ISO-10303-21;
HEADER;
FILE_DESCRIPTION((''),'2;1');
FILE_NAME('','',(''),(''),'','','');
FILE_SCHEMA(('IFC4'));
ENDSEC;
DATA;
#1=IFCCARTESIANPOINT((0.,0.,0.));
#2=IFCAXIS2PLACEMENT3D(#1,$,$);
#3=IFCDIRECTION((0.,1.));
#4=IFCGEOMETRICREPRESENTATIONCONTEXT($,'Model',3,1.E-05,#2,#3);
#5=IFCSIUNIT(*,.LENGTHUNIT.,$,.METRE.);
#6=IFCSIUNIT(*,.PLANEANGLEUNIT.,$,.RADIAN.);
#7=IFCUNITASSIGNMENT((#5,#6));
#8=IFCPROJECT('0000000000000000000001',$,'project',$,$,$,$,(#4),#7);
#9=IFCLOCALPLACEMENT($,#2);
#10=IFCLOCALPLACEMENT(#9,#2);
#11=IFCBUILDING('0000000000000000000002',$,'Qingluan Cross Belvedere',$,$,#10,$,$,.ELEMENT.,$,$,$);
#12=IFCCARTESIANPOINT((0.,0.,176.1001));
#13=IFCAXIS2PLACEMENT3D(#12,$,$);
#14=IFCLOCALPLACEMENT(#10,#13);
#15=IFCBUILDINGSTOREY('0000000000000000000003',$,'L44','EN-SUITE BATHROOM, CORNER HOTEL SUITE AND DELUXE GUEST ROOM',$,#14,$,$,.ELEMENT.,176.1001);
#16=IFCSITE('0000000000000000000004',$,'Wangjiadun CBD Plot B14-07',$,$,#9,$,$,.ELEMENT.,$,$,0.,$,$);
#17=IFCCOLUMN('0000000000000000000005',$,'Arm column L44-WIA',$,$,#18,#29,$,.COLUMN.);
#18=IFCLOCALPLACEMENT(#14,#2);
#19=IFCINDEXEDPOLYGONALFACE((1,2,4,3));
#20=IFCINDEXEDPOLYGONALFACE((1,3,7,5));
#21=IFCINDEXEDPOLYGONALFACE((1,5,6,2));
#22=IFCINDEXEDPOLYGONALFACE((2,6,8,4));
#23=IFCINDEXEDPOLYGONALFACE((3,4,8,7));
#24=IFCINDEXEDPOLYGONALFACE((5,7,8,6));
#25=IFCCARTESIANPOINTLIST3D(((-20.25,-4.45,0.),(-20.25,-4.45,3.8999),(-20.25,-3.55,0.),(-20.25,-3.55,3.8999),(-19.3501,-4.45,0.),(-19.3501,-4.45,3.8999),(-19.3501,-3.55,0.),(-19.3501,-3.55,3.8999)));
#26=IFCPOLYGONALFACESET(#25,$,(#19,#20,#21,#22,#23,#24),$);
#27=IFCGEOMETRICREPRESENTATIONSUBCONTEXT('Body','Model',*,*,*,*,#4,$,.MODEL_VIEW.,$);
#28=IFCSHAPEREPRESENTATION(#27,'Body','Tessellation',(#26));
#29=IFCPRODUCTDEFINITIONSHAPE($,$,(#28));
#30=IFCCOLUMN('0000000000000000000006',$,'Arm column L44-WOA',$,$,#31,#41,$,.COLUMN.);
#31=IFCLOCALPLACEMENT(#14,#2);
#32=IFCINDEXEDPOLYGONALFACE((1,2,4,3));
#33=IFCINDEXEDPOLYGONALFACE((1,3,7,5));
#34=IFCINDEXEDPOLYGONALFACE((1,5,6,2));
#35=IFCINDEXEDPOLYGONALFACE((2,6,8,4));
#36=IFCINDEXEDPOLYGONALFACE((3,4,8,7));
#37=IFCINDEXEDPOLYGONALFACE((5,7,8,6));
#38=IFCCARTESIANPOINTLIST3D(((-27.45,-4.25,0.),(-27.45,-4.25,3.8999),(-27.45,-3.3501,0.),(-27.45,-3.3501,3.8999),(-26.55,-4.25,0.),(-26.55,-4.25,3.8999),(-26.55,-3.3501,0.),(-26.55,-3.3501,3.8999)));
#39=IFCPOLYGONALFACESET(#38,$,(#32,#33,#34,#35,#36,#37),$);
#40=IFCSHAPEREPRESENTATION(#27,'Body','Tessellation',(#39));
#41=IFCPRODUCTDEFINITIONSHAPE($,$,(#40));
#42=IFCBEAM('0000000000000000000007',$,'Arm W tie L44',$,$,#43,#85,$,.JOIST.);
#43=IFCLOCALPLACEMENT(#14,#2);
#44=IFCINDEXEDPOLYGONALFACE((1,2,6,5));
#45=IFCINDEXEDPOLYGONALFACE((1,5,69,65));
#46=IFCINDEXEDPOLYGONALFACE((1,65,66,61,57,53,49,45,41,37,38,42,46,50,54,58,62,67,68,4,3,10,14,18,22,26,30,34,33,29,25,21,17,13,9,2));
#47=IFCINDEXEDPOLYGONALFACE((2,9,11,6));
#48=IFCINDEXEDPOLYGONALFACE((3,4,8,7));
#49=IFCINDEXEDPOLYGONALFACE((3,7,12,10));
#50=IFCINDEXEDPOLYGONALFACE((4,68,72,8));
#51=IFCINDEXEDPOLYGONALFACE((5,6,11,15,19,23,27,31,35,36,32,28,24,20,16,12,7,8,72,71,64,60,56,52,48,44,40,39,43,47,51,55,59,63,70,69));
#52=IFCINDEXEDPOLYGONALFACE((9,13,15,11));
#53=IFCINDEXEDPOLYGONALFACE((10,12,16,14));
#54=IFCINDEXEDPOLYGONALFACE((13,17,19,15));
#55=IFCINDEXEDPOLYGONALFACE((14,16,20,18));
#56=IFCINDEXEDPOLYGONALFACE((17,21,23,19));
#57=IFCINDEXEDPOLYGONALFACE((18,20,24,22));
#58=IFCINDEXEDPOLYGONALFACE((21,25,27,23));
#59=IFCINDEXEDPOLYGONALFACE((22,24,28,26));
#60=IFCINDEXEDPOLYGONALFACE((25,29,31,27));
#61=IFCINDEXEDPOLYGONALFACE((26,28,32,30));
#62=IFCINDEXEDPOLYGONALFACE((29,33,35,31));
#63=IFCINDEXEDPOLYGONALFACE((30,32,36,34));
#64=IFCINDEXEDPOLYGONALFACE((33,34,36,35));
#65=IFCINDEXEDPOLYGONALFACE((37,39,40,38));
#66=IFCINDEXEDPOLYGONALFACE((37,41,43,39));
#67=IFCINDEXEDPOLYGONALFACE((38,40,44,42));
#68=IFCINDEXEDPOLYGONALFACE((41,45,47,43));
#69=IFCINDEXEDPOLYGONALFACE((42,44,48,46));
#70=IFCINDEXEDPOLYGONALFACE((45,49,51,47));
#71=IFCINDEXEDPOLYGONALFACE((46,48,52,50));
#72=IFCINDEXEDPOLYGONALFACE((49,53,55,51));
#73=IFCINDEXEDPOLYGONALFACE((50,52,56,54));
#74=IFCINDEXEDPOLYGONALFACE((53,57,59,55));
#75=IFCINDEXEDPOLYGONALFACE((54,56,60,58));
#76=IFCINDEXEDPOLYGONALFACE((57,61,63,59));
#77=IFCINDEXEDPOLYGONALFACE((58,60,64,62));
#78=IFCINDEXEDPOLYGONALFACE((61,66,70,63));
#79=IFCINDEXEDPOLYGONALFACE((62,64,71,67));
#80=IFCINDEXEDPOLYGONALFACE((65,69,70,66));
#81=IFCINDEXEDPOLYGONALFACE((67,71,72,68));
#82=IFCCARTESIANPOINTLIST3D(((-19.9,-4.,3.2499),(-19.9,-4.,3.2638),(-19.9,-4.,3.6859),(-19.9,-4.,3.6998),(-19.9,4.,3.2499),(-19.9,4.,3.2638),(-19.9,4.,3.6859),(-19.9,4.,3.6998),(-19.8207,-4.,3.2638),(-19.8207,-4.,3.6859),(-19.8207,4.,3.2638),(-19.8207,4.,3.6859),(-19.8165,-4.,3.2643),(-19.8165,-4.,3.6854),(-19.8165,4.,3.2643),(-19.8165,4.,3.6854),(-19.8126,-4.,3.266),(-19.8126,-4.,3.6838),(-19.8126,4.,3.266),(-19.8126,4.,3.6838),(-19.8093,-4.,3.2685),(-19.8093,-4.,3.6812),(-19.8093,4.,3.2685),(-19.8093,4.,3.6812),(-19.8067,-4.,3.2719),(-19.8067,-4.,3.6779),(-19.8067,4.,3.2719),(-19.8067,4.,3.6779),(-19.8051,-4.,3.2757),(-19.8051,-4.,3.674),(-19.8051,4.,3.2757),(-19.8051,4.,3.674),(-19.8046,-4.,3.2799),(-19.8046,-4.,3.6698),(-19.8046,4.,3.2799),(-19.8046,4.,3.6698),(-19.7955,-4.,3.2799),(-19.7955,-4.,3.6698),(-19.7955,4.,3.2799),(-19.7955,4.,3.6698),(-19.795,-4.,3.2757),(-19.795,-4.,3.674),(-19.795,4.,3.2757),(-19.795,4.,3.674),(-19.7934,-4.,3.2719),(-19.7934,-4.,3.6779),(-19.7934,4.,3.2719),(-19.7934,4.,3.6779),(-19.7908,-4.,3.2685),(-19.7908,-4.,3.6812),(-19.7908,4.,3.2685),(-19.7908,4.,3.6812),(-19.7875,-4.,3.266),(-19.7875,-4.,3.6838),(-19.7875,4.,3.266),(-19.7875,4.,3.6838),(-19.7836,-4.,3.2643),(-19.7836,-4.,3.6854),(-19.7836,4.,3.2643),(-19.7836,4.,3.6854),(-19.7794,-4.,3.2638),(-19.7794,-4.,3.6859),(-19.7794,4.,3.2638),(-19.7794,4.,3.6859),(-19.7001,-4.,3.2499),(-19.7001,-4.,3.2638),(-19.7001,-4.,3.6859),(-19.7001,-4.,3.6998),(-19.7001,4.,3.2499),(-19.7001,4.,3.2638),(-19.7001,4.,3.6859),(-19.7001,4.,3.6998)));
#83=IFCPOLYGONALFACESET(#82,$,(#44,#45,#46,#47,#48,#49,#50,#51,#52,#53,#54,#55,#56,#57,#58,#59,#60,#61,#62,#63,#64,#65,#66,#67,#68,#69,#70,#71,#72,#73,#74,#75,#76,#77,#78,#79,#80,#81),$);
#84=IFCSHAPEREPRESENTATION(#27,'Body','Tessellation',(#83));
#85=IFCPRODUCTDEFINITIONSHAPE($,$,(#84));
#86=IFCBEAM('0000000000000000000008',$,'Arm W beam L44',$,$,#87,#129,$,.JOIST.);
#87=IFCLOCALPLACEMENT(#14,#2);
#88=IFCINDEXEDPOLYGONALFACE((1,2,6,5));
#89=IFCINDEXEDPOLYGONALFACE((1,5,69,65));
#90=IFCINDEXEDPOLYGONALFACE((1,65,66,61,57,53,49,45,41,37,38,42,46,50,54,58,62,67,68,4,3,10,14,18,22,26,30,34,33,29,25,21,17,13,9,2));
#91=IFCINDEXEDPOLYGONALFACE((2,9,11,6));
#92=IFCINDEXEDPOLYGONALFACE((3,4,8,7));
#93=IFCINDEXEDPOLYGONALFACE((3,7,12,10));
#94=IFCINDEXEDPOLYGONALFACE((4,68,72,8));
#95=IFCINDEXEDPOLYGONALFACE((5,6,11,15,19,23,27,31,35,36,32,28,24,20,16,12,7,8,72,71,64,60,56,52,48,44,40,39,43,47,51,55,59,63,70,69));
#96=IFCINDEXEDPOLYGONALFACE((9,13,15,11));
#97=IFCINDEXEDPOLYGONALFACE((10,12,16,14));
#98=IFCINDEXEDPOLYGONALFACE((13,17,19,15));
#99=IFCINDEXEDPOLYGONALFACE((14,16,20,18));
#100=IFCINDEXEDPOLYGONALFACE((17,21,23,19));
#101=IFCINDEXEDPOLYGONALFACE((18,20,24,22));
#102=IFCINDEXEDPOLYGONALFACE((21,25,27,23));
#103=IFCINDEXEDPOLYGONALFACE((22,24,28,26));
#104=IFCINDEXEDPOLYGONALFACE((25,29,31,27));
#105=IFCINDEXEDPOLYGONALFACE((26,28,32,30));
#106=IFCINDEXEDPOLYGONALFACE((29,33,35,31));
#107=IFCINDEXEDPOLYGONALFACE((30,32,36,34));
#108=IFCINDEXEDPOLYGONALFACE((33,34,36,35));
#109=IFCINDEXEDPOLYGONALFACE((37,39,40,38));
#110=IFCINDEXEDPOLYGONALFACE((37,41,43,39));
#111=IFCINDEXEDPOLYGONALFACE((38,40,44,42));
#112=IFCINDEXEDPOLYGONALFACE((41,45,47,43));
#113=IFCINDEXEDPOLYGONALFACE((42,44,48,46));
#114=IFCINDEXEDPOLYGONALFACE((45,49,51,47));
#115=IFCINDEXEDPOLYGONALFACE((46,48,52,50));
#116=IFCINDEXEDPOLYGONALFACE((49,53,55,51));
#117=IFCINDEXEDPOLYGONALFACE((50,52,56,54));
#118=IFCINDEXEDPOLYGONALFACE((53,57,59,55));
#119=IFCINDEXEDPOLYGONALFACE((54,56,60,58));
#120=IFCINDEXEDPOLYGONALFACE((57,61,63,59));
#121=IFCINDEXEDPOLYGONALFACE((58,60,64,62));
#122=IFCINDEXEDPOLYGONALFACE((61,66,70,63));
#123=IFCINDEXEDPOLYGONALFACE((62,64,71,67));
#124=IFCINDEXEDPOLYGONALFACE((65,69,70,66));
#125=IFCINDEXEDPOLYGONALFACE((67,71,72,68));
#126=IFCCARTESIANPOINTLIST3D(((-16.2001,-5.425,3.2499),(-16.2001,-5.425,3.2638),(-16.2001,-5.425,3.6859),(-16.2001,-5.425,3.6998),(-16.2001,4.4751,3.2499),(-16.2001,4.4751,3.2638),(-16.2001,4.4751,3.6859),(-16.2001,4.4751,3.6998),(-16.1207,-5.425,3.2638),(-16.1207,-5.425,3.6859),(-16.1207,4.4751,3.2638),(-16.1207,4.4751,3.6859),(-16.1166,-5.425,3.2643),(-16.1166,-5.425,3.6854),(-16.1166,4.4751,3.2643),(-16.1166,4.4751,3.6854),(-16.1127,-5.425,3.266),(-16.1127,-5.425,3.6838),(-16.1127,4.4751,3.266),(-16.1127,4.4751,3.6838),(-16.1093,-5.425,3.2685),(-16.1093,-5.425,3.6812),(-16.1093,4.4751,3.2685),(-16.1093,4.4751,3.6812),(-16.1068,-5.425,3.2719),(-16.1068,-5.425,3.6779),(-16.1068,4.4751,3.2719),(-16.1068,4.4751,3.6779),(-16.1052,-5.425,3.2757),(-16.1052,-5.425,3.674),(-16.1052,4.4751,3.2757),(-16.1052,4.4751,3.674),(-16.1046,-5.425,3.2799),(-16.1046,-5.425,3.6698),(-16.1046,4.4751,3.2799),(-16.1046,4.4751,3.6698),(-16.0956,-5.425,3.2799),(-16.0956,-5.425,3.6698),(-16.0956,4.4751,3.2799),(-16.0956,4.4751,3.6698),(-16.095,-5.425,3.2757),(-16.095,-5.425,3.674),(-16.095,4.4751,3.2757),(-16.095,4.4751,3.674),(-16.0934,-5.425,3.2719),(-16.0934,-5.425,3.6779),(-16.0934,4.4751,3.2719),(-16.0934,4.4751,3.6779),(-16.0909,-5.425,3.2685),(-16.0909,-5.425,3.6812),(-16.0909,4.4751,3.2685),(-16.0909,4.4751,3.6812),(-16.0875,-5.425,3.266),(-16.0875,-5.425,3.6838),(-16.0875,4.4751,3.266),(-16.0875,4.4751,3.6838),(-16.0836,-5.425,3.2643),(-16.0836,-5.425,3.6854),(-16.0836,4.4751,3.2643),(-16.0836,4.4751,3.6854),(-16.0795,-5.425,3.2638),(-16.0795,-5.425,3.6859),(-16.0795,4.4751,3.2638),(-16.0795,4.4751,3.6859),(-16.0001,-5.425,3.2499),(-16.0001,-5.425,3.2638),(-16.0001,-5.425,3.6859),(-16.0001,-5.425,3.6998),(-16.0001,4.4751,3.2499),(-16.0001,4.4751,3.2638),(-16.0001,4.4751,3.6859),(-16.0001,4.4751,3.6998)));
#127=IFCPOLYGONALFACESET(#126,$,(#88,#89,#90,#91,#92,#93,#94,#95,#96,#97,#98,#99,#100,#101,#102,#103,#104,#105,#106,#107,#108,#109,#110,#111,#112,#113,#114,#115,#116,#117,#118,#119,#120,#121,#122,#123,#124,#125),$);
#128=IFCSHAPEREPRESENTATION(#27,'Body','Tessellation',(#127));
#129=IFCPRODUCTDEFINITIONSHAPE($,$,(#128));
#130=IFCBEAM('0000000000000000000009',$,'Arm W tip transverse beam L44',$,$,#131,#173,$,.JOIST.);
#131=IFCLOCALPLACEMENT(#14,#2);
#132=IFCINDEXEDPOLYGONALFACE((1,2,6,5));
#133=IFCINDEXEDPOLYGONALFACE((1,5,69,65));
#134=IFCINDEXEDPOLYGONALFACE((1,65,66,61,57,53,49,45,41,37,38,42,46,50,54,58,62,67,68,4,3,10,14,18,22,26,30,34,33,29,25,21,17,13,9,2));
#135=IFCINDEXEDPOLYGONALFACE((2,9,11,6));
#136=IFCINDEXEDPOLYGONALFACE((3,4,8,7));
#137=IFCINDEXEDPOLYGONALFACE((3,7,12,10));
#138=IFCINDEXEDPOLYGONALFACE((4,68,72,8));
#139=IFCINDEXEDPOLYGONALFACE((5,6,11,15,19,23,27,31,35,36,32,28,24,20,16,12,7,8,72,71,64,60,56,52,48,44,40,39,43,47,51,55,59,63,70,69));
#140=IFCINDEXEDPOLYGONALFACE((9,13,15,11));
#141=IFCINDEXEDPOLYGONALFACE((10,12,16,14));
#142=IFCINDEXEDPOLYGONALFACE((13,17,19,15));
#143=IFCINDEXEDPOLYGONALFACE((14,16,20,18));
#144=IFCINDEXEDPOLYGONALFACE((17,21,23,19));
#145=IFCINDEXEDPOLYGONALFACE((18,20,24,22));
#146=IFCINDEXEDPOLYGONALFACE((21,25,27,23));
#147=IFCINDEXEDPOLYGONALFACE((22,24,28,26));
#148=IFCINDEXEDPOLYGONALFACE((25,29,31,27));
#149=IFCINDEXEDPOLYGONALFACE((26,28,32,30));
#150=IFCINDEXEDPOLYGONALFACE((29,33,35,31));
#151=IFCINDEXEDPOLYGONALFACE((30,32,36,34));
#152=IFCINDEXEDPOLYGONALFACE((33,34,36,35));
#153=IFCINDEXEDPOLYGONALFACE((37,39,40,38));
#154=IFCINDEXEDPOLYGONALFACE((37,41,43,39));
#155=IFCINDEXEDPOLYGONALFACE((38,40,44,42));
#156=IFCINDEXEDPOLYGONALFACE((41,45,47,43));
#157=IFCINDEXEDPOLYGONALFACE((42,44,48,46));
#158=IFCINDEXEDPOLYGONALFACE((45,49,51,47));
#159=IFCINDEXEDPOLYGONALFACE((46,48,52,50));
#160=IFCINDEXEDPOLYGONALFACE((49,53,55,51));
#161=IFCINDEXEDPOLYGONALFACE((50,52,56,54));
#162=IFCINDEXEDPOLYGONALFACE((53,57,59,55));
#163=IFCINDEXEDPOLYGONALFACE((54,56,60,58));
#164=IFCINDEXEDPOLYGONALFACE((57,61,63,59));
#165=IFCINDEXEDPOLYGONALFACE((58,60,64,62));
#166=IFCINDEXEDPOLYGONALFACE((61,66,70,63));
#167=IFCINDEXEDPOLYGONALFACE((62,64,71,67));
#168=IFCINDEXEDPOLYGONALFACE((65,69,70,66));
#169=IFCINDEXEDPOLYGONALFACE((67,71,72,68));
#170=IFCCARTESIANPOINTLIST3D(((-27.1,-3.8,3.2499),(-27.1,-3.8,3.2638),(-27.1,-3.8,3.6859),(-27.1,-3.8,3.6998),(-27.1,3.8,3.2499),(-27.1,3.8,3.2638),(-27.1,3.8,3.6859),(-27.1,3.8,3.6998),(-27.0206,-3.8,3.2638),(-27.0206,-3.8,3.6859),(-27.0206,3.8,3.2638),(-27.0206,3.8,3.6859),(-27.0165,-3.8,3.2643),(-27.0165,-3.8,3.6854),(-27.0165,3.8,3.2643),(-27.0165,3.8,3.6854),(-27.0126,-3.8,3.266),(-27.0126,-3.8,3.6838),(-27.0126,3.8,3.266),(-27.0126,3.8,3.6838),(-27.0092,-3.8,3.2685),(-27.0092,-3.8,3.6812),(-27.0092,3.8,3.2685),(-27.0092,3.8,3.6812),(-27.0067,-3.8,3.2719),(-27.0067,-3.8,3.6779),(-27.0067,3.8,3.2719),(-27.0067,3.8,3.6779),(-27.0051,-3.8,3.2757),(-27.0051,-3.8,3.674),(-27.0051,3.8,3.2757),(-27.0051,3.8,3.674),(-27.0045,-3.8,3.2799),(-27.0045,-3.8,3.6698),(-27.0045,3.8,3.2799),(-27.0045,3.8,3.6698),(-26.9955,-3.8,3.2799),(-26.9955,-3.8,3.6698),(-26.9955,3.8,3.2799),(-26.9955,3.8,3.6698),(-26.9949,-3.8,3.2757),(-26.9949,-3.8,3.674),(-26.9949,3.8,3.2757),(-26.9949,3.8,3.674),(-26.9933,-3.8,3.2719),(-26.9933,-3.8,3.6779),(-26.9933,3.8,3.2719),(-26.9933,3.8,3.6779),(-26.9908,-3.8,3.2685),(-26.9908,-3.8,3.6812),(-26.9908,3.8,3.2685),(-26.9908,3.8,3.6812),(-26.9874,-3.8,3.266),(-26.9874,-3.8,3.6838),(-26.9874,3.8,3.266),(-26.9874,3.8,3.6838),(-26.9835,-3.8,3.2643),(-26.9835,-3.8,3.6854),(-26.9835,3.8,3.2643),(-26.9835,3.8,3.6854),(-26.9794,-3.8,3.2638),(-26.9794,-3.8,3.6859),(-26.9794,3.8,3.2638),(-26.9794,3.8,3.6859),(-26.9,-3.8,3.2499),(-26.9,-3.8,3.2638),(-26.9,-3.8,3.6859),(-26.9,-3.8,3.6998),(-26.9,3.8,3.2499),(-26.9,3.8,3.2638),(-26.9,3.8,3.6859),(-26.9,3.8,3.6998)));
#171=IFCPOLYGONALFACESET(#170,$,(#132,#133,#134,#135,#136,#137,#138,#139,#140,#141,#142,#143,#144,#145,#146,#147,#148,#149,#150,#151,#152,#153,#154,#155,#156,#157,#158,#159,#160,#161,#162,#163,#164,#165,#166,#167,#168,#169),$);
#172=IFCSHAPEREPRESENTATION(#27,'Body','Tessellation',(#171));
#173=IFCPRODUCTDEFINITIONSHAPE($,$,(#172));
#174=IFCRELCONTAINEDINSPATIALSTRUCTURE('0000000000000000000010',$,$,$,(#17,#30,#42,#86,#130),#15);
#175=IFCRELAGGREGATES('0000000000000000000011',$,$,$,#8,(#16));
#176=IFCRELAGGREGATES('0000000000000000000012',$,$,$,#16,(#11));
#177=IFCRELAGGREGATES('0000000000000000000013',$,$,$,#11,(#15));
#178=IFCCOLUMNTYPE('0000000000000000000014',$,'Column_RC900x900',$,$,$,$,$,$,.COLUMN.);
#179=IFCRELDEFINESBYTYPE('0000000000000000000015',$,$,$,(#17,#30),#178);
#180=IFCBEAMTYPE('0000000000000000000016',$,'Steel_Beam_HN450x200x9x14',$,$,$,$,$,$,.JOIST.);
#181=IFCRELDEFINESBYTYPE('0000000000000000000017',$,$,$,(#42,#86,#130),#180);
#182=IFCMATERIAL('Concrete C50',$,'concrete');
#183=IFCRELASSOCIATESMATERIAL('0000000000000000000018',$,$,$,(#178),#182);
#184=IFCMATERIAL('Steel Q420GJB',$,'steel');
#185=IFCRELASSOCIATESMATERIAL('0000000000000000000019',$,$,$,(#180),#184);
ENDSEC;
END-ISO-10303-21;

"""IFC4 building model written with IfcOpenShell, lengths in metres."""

from ifc_helpers import new_model, si_unit, direction, frame, origin, origin_2d, place, context, subcontext, project, spatial, rectangle, i_section, extrude, material, material_profile, profile_set, type_object, element, save


model = new_model("IFC4")

# Units and contexts
model_context = context("Model", 3, precision=1e-05, world=origin(), true_north=direction((0.0, 1.0)))
body_context = subcontext(model_context, "Body", "Model", "MODEL_VIEW")
ifc_project = project(units=[si_unit("LENGTHUNIT", "METRE"), si_unit("PLANEANGLEUNIT", "RADIAN")], contexts=[model_context])

# Site, building, storey
site_placement = place(None, origin())
site = spatial("IfcSite", under=ifc_project, at=site_placement, Name="Wangjiadun CBD Plot B14-07", CompositionType="ELEMENT", RefElevation=0.0)
building_placement = place(site_placement, origin())
building = spatial("IfcBuilding", under=site, at=building_placement, Name="Qingluan Cross Belvedere", CompositionType="ELEMENT")
storey_placement = place(building_placement, frame((0.0, 0.0, 176.1001)))
storey = spatial("IfcBuildingStorey", under=building, at=storey_placement, Name="L44", Description="EN-SUITE BATHROOM, CORNER HOTEL SUITE AND DELUXE GUEST ROOM", CompositionType="ELEMENT", Elevation=176.1001)

# Columns
ifc_material_1 = material(Name="Concrete C50", Category="concrete")
ifc_material_profile_1 = material_profile(ifc_material_1, rectangle(XDim=0.8999, YDim=0.8999, at=origin_2d()), Name="RC900x900")
ifc_profile_set_1 = profile_set([ifc_material_profile_1], Name="Concrete C50")
column_type = type_object("IfcColumnType", Name="Column_RC900x900", PredefinedType="COLUMN", material=ifc_profile_set_1)
for number, where, z_axis, x_axis, name in (
    (1, (-19.8, -4.0, 0.0), (0.0, 0.0, 1.0), (1.0, 0.0, 0.0), "Arm column L44-WIA"),
    (2, (-27.0, -3.8, 0.0), (0.0, 0.0, 1.0), (1.0, 0.0, 0.0), "Arm column L44-WOA"),
):
    element("IfcColumn", number, at=place(storey_placement, frame(where, z_axis=z_axis, x_axis=x_axis)), inside=storey, type_object=column_type, Name=name, PredefinedType="COLUMN", context=body_context, shape_type="SweptSolid", body=[
        extrude(rectangle(XDim=0.8999, YDim=0.8999, at=origin_2d()), origin(), (0.0, 0.0, 1.0), 3.8999),
    ])

# Beams
ifc_material_2 = material(Name="Steel Q420GJB", Category="steel")
ifc_material_profile_2 = material_profile(ifc_material_2, i_section(OverallWidth=0.2, OverallDepth=0.45, WebThickness=0.009, FlangeThickness=0.0139, FilletRadius=0.0161, at=origin_2d()), Name="HN450x200x9x14")
ifc_profile_set_2 = profile_set([ifc_material_profile_2], Name="Steel Q420GJB")
beam_type_1 = type_object("IfcBeamType", Name="Steel_Beam_HN450x200x9x14", PredefinedType="JOIST", material=ifc_profile_set_2)
beam_1_placement = place(storey_placement, frame((-19.8, -4.0, 3.4749), z_axis=(0.0, 1.0, 0.0), x_axis=(-1.0, 0.0, 0.0)))
element("IfcBeam", 3, at=beam_1_placement, inside=storey, type_object=beam_type_1, Name="Arm W tie L44", PredefinedType="JOIST", context=body_context, shape_type="SweptSolid", body=[
    extrude(i_section(OverallWidth=0.2, OverallDepth=0.45, WebThickness=0.009, FlangeThickness=0.0139, FilletRadius=0.0161, at=origin_2d()), origin(), (0.0, 0.0, 1.0), 8.0),
])
beam_2_placement = place(storey_placement, frame((-16.1001, -5.425, 3.4749), z_axis=(0.0, 1.0, 0.0), x_axis=(-1.0, 0.0, 0.0)))
element("IfcBeam", 4, at=beam_2_placement, inside=storey, type_object=beam_type_1, Name="Arm W beam L44", PredefinedType="JOIST", context=body_context, shape_type="SweptSolid", body=[
    extrude(i_section(OverallWidth=0.2, OverallDepth=0.45, WebThickness=0.009, FlangeThickness=0.0139, FilletRadius=0.0161, at=origin_2d()), origin(), (0.0, 0.0, 1.0), 9.9001),
])
beam_3_placement = place(storey_placement, frame((-27.0, -3.8, 3.4749), z_axis=(0.0, 1.0, 0.0), x_axis=(-1.0, 0.0, 0.0)))
element("IfcBeam", 5, at=beam_3_placement, inside=storey, type_object=beam_type_1, Name="Arm W tip transverse beam L44", PredefinedType="JOIST", context=body_context, shape_type="SweptSolid", body=[
    extrude(i_section(OverallWidth=0.2, OverallDepth=0.45, WebThickness=0.009, FlangeThickness=0.0139, FilletRadius=0.0161, at=origin_2d()), origin(), (0.0, 0.0, 1.0), 7.6001),
])

save(model, "model.ifc")
